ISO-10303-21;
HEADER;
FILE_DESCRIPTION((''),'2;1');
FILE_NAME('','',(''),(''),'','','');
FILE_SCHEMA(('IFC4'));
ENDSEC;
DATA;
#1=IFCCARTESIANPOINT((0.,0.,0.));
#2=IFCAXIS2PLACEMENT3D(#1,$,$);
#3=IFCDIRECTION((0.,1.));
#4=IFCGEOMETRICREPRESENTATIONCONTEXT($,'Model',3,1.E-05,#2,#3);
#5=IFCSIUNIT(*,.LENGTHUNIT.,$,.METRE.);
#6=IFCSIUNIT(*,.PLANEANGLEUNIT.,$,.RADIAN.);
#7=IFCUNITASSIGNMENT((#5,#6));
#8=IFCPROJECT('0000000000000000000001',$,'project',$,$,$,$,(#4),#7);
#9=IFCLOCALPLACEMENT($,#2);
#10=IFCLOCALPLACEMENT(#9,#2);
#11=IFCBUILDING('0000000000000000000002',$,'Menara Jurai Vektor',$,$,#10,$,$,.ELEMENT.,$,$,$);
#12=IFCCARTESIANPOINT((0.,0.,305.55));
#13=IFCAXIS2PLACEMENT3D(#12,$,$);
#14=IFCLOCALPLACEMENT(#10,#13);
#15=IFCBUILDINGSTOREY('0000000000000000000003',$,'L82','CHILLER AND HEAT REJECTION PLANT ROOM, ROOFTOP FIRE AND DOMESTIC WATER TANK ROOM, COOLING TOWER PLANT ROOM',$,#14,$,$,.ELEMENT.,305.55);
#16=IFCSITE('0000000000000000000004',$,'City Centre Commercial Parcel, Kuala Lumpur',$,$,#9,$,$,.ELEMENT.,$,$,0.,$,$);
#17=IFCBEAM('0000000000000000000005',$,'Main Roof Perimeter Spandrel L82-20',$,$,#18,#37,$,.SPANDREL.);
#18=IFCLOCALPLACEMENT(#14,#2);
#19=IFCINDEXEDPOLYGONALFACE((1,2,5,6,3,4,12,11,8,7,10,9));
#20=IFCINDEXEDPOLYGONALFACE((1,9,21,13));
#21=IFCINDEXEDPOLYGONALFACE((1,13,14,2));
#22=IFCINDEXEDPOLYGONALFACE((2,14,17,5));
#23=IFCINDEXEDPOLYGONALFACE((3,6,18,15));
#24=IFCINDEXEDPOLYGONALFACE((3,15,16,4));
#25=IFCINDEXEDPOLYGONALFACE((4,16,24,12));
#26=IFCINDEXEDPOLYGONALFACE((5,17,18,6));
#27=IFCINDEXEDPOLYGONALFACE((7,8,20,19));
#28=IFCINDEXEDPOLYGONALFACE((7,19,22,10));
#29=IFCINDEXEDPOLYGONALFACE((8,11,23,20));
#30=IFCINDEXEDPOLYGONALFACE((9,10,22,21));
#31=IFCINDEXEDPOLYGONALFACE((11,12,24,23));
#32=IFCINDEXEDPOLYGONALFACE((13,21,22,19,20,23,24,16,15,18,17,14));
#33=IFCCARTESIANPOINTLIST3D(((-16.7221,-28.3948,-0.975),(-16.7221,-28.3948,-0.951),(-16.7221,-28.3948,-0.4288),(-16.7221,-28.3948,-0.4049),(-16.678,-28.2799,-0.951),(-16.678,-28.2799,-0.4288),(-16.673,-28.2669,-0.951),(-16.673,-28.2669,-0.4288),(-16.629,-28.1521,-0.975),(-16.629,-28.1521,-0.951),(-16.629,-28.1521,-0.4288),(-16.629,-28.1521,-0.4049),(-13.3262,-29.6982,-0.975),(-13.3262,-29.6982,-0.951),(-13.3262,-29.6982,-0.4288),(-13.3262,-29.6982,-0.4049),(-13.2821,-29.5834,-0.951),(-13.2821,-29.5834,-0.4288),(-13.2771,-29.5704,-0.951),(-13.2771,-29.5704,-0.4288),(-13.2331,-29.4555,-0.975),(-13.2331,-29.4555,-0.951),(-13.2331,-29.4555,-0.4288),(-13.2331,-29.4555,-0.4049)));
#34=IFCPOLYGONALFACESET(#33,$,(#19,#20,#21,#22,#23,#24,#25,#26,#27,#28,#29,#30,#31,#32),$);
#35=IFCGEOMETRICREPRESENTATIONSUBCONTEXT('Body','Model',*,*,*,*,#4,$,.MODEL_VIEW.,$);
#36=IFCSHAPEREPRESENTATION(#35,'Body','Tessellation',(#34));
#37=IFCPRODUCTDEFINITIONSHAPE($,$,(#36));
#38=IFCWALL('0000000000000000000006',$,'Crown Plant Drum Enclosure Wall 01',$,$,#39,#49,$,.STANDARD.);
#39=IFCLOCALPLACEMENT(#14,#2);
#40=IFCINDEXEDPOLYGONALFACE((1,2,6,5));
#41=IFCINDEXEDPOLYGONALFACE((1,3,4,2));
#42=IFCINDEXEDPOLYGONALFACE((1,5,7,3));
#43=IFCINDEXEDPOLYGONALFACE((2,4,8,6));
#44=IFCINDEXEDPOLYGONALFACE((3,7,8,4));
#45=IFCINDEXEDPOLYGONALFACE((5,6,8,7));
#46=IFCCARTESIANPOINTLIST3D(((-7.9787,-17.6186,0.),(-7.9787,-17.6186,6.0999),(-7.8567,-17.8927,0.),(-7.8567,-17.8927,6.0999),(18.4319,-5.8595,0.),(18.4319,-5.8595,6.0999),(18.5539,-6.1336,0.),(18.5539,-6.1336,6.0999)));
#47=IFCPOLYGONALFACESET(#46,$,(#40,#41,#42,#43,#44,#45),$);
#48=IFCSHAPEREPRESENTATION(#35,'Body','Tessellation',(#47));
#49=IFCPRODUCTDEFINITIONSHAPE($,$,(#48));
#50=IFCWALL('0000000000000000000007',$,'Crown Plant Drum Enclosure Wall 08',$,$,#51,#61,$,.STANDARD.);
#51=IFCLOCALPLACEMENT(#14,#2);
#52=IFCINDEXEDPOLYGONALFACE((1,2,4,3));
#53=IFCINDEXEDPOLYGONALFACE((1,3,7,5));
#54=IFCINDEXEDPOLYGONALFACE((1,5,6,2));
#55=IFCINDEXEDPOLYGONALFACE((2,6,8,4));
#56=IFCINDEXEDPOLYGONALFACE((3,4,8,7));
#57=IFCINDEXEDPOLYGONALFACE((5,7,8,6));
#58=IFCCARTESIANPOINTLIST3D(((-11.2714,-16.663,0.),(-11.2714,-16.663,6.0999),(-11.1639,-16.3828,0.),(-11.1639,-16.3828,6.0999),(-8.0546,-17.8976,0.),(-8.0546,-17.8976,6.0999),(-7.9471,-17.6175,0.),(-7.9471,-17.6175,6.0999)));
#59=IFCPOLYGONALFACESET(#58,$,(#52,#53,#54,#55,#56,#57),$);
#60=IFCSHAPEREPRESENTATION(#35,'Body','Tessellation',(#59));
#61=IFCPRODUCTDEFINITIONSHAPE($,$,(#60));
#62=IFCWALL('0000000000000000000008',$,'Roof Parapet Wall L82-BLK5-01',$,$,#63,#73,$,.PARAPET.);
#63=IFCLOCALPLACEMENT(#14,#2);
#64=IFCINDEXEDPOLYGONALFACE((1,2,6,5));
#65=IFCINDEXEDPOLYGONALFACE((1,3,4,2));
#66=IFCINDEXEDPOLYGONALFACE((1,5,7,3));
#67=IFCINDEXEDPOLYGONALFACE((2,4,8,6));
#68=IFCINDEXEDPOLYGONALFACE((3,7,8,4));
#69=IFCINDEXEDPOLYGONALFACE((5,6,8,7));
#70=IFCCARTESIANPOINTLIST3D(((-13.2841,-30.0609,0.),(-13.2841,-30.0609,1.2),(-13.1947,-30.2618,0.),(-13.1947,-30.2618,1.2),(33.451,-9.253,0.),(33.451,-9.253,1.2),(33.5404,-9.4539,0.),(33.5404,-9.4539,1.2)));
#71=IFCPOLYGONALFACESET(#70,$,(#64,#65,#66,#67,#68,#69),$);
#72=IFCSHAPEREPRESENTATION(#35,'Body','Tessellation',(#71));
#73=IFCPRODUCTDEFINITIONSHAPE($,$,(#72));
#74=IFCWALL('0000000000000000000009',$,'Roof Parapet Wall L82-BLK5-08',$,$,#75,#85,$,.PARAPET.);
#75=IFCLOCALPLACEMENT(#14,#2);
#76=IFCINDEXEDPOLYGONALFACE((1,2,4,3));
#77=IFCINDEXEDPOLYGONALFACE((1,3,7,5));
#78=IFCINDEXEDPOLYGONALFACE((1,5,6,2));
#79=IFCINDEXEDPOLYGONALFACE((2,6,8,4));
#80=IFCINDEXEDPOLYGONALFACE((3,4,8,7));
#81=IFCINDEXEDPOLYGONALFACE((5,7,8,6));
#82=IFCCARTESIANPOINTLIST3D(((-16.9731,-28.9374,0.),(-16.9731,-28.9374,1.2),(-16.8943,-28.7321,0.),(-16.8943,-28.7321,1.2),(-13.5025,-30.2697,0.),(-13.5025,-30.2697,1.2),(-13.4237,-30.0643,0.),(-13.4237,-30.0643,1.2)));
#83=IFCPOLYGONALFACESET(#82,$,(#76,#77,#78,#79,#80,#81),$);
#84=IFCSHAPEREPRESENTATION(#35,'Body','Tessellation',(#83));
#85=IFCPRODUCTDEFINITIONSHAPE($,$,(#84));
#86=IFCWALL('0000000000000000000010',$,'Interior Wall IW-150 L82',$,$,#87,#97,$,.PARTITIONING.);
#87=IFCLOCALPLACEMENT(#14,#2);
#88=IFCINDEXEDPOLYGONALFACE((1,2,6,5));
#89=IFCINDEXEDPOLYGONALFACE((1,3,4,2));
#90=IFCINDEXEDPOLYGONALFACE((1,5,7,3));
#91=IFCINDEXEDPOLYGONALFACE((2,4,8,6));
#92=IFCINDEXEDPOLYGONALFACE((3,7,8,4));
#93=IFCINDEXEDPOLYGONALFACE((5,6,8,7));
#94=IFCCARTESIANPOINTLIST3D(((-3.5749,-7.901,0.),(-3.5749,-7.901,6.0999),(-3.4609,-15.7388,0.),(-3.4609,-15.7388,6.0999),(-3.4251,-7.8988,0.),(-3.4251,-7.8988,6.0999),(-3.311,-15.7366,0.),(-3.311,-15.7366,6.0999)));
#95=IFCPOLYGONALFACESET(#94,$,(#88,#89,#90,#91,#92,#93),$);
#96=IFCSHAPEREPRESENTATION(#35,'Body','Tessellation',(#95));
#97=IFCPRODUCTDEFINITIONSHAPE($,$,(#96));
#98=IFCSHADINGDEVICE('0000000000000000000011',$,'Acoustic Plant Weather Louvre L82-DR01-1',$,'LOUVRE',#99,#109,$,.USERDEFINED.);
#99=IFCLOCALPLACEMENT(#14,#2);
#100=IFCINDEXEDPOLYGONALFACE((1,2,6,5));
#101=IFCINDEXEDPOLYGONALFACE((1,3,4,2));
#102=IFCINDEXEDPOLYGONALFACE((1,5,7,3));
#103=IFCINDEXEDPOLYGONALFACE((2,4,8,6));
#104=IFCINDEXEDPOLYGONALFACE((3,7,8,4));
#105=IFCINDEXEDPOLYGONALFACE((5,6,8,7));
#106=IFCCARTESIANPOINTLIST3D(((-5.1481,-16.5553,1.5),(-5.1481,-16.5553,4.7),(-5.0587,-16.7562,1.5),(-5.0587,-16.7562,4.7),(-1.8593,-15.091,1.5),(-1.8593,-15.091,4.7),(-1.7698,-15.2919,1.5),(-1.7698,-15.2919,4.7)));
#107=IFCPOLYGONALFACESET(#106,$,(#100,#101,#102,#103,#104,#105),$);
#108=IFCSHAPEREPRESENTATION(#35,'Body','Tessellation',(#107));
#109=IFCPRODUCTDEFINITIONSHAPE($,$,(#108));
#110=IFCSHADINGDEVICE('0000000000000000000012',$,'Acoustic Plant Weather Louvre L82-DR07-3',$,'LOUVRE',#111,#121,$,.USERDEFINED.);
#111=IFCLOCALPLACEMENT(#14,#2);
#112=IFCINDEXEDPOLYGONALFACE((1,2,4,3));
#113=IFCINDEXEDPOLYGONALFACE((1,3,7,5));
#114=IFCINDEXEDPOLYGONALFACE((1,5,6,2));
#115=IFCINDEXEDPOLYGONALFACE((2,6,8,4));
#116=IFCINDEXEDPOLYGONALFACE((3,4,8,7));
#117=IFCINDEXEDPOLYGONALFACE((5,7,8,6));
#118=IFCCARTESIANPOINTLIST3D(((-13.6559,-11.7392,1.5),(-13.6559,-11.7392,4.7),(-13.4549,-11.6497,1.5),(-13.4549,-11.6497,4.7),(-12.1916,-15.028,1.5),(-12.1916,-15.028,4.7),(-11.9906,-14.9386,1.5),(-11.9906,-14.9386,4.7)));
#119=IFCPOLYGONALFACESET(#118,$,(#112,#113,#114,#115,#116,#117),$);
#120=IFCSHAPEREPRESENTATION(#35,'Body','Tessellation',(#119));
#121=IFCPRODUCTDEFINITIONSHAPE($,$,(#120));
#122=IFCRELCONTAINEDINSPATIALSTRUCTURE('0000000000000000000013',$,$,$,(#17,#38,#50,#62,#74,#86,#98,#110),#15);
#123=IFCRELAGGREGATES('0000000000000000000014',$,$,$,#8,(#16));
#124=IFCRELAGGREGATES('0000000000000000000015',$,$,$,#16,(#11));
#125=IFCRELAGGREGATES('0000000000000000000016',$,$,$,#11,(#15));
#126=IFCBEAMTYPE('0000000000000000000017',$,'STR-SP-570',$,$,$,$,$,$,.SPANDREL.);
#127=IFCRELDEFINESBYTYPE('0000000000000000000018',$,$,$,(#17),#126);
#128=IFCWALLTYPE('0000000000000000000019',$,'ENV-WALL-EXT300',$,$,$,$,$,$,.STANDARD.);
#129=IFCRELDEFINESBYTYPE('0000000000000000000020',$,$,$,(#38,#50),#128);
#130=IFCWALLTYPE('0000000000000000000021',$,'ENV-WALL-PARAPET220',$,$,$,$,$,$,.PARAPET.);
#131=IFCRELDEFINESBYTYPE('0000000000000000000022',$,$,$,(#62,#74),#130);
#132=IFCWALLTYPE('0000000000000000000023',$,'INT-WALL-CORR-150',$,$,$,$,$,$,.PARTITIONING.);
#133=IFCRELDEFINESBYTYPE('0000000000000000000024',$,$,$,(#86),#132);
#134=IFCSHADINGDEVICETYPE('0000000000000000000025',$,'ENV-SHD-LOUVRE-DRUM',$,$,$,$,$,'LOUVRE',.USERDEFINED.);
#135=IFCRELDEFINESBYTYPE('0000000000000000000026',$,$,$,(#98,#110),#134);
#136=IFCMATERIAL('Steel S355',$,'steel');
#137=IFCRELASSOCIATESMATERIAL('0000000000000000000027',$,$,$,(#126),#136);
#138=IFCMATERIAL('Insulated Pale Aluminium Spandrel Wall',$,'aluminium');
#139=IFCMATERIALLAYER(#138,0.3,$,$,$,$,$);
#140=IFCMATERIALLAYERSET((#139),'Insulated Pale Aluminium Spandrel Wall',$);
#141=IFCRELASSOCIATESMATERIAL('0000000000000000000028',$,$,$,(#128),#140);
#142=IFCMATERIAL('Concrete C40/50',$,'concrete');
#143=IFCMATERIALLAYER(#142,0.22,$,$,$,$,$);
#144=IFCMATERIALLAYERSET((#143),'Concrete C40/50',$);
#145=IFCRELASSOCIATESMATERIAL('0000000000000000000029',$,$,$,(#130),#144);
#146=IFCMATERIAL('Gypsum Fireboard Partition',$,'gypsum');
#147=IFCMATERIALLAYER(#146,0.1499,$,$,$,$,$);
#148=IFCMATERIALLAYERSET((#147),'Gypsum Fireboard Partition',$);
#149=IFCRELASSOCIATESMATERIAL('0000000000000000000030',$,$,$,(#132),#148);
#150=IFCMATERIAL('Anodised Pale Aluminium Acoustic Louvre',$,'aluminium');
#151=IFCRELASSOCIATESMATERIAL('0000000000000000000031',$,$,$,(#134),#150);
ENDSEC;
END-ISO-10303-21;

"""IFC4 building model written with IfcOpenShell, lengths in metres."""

from ifc_helpers import new_model, si_unit, direction, frame, frame_2d, origin, origin_2d, place, context, subcontext, project, spatial, rectangle, i_section, extrude, material, layer, layer_set, material_profile, profile_set, type_object, element, save


model = new_model("IFC4")

# Units and contexts
model_context = context("Model", 3, precision=1e-05, world=origin(), true_north=direction((0.0, 1.0)))
body_context = subcontext(model_context, "Body", "Model", "MODEL_VIEW")
ifc_project = project(units=[si_unit("LENGTHUNIT", "METRE"), si_unit("PLANEANGLEUNIT", "RADIAN")], contexts=[model_context])

# Site, building, storey
site_placement = place(None, origin())
site = spatial("IfcSite", under=ifc_project, at=site_placement, Name="City Centre Commercial Parcel, Kuala Lumpur", CompositionType="ELEMENT", RefElevation=0.0)
building_placement = place(site_placement, origin())
building = spatial("IfcBuilding", under=site, at=building_placement, Name="Menara Jurai Vektor", CompositionType="ELEMENT")
storey_placement = place(building_placement, frame((0.0, 0.0, 305.55)))
storey = spatial("IfcBuildingStorey", under=building, at=storey_placement, Name="L82", Description="CHILLER AND HEAT REJECTION PLANT ROOM, ROOFTOP FIRE AND DOMESTIC WATER TANK ROOM, COOLING TOWER PLANT ROOM", CompositionType="ELEMENT", Elevation=305.55)

# Shared definitions
ifc_material_1 = material(Name="Steel S355", Category="steel")

# Beam
ifc_material_profile_1 = material_profile(ifc_material_1, i_section(OverallWidth=0.26, OverallDepth=0.5701, WebThickness=0.0139, FlangeThickness=0.0239, at=origin_2d()), Name="PG 570x260x145")
ifc_profile_set_1 = profile_set([ifc_material_profile_1], Name="Steel S355")
beam_type_1 = type_object("IfcBeamType", Name="STR-SP-570", PredefinedType="SPANDREL", material=ifc_profile_set_1)
beam_1_placement = place(storey_placement, frame((-16.6755, -28.2734, -0.6899), z_axis=(0.933593, -0.358336, 0.0), x_axis=(0.358336, 0.933593, 0.0)))
element("IfcBeam", 1, at=beam_1_placement, inside=storey, type_object=beam_type_1, Name="Main Roof Perimeter Spandrel L82-20", PredefinedType="SPANDREL", context=body_context, shape_type="SweptSolid", body=[
    extrude(i_section(OverallWidth=0.26, OverallDepth=0.5701, WebThickness=0.0139, FlangeThickness=0.0239, at=origin_2d()), origin(), (0.0, 0.0, 1.0), 3.6375),
])

# Walls
ifc_material_2 = material(Name="Insulated Pale Aluminium Spandrel Wall", Category="aluminium")
ifc_layer_1 = layer(ifc_material_2, 0.3)
ifc_layer_set_1 = layer_set([ifc_layer_1], Name="Insulated Pale Aluminium Spandrel Wall")
wall_type_1 = type_object("IfcWallType", Name="ENV-WALL-EXT300", PredefinedType="STANDARD", material=ifc_layer_set_1)
wall_1_placement = place(storey_placement, frame((-7.9177, -17.7556, 0.0), z_axis=(0.0, 0.0, 1.0), x_axis=(0.913542, 0.406744, 0.0)))
element("IfcWall", 2, at=wall_1_placement, inside=storey, type_object=wall_type_1, Name="Crown Plant Drum Enclosure Wall 01", PredefinedType="STANDARD", context=body_context, shape_type="SweptSolid", body=[
    extrude(rectangle(XDim=28.9102, YDim=0.3, at=frame_2d((14.4551, 0.0))), origin(), (0.0, 0.0, 1.0), 6.0999),
])
wall_2_placement = place(storey_placement, frame((-11.2175, -16.5229, 0.0), z_axis=(0.0, 0.0, 1.0), x_axis=(0.933599, -0.358319, 0.0)))
element("IfcWall", 3, at=wall_2_placement, inside=storey, type_object=wall_type_1, Name="Crown Plant Drum Enclosure Wall 08", PredefinedType="STANDARD", context=body_context, shape_type="SweptSolid", body=[
    extrude(rectangle(XDim=3.4456, YDim=0.3, at=frame_2d((1.7227, 0.0))), origin(), (0.0, 0.0, 1.0), 6.0999),
])
ifc_material_3 = material(Name="Concrete C40/50", Category="concrete")
ifc_layer_2 = layer(ifc_material_3, 0.22)
ifc_layer_set_2 = layer_set([ifc_layer_2], Name="Concrete C40/50")
wall_type_2 = type_object("IfcWallType", Name="ENV-WALL-PARAPET220", PredefinedType="PARAPET", material=ifc_layer_set_2)
wall_3_placement = place(storey_placement, frame((-13.2395, -30.1614, 0.0), z_axis=(0.0, 0.0, 1.0), x_axis=(0.913545, 0.406737, 0.0)))
element("IfcWall", 4, at=wall_3_placement, inside=storey, type_object=wall_type_2, Name="Roof Parapet Wall L82-BLK5-01", PredefinedType="PARAPET", context=body_context, shape_type="SweptSolid", body=[
    extrude(rectangle(XDim=51.158, YDim=0.22, at=frame_2d((25.5791, 0.0))), origin(), (0.0, 0.0, 1.0), 1.2),
])
wall_4_placement = place(storey_placement, frame((-16.9338, -28.8347, 0.0), z_axis=(0.0, 0.0, 1.0), x_axis=(0.933581, -0.358367, 0.0)))
element("IfcWall", 5, at=wall_4_placement, inside=storey, type_object=wall_type_2, Name="Roof Parapet Wall L82-BLK5-08", PredefinedType="PARAPET", context=body_context, shape_type="SweptSolid", body=[
    extrude(rectangle(XDim=3.7175, YDim=0.22, at=frame_2d((1.8589, 0.0))), origin(), (0.0, 0.0, 1.0), 1.2),
])
ifc_material_4 = material(Name="Gypsum Fireboard Partition", Category="gypsum")
ifc_layer_3 = layer(ifc_material_4, 0.1499)
ifc_layer_set_3 = layer_set([ifc_layer_3], Name="Gypsum Fireboard Partition")
wall_type_3 = type_object("IfcWallType", Name="INT-WALL-CORR-150", PredefinedType="PARTITIONING", material=ifc_layer_set_3)
wall_5_placement = place(storey_placement, frame((-3.386, -15.7378, 0.0), z_axis=(0.0, 0.0, 1.0), x_axis=(-0.014545, 0.999894, 0.0)))
element("IfcWall", 6, at=wall_5_placement, inside=storey, type_object=wall_type_3, Name="Interior Wall IW-150 L82", PredefinedType="PARTITIONING", context=body_context, shape_type="SweptSolid", body=[
    extrude(rectangle(XDim=7.8386, YDim=0.1499, at=frame_2d((3.9194, 0.0))), origin(), (0.0, 0.0, 1.0), 6.0999),
])

# Shading devices
ifc_material_5 = material(Name="Anodised Pale Aluminium Acoustic Louvre", Category="aluminium")
shading_device_type = type_object("IfcShadingDeviceType", Name="ENV-SHD-LOUVRE-DRUM", ElementType="LOUVRE", PredefinedType="USERDEFINED", material=ifc_material_5)
for number, where, z_axis, x_axis, name in (
    (7, (-3.459, -15.9236, 1.5), (0.0, 0.0, 1.0), (0.913545, 0.406737, 0.0), "Acoustic Plant Weather Louvre L82-DR01-1"),
    (8, (-12.8232, -13.3389, 1.5), (0.0, 0.0, 1.0), (0.406737, -0.913545, 0.0), "Acoustic Plant Weather Louvre L82-DR07-3"),
):
    element("IfcShadingDevice", number, at=place(storey_placement, frame(where, z_axis=z_axis, x_axis=x_axis)), inside=storey, type_object=shading_device_type, Name=name, ObjectType="LOUVRE", PredefinedType="USERDEFINED", context=body_context, shape_type="SweptSolid", body=[
        extrude(rectangle(XDim=3.6001, YDim=0.22, at=origin_2d()), origin(), (0.0, 0.0, 1.0), 3.2),
    ])

save(model, "model.ifc")
